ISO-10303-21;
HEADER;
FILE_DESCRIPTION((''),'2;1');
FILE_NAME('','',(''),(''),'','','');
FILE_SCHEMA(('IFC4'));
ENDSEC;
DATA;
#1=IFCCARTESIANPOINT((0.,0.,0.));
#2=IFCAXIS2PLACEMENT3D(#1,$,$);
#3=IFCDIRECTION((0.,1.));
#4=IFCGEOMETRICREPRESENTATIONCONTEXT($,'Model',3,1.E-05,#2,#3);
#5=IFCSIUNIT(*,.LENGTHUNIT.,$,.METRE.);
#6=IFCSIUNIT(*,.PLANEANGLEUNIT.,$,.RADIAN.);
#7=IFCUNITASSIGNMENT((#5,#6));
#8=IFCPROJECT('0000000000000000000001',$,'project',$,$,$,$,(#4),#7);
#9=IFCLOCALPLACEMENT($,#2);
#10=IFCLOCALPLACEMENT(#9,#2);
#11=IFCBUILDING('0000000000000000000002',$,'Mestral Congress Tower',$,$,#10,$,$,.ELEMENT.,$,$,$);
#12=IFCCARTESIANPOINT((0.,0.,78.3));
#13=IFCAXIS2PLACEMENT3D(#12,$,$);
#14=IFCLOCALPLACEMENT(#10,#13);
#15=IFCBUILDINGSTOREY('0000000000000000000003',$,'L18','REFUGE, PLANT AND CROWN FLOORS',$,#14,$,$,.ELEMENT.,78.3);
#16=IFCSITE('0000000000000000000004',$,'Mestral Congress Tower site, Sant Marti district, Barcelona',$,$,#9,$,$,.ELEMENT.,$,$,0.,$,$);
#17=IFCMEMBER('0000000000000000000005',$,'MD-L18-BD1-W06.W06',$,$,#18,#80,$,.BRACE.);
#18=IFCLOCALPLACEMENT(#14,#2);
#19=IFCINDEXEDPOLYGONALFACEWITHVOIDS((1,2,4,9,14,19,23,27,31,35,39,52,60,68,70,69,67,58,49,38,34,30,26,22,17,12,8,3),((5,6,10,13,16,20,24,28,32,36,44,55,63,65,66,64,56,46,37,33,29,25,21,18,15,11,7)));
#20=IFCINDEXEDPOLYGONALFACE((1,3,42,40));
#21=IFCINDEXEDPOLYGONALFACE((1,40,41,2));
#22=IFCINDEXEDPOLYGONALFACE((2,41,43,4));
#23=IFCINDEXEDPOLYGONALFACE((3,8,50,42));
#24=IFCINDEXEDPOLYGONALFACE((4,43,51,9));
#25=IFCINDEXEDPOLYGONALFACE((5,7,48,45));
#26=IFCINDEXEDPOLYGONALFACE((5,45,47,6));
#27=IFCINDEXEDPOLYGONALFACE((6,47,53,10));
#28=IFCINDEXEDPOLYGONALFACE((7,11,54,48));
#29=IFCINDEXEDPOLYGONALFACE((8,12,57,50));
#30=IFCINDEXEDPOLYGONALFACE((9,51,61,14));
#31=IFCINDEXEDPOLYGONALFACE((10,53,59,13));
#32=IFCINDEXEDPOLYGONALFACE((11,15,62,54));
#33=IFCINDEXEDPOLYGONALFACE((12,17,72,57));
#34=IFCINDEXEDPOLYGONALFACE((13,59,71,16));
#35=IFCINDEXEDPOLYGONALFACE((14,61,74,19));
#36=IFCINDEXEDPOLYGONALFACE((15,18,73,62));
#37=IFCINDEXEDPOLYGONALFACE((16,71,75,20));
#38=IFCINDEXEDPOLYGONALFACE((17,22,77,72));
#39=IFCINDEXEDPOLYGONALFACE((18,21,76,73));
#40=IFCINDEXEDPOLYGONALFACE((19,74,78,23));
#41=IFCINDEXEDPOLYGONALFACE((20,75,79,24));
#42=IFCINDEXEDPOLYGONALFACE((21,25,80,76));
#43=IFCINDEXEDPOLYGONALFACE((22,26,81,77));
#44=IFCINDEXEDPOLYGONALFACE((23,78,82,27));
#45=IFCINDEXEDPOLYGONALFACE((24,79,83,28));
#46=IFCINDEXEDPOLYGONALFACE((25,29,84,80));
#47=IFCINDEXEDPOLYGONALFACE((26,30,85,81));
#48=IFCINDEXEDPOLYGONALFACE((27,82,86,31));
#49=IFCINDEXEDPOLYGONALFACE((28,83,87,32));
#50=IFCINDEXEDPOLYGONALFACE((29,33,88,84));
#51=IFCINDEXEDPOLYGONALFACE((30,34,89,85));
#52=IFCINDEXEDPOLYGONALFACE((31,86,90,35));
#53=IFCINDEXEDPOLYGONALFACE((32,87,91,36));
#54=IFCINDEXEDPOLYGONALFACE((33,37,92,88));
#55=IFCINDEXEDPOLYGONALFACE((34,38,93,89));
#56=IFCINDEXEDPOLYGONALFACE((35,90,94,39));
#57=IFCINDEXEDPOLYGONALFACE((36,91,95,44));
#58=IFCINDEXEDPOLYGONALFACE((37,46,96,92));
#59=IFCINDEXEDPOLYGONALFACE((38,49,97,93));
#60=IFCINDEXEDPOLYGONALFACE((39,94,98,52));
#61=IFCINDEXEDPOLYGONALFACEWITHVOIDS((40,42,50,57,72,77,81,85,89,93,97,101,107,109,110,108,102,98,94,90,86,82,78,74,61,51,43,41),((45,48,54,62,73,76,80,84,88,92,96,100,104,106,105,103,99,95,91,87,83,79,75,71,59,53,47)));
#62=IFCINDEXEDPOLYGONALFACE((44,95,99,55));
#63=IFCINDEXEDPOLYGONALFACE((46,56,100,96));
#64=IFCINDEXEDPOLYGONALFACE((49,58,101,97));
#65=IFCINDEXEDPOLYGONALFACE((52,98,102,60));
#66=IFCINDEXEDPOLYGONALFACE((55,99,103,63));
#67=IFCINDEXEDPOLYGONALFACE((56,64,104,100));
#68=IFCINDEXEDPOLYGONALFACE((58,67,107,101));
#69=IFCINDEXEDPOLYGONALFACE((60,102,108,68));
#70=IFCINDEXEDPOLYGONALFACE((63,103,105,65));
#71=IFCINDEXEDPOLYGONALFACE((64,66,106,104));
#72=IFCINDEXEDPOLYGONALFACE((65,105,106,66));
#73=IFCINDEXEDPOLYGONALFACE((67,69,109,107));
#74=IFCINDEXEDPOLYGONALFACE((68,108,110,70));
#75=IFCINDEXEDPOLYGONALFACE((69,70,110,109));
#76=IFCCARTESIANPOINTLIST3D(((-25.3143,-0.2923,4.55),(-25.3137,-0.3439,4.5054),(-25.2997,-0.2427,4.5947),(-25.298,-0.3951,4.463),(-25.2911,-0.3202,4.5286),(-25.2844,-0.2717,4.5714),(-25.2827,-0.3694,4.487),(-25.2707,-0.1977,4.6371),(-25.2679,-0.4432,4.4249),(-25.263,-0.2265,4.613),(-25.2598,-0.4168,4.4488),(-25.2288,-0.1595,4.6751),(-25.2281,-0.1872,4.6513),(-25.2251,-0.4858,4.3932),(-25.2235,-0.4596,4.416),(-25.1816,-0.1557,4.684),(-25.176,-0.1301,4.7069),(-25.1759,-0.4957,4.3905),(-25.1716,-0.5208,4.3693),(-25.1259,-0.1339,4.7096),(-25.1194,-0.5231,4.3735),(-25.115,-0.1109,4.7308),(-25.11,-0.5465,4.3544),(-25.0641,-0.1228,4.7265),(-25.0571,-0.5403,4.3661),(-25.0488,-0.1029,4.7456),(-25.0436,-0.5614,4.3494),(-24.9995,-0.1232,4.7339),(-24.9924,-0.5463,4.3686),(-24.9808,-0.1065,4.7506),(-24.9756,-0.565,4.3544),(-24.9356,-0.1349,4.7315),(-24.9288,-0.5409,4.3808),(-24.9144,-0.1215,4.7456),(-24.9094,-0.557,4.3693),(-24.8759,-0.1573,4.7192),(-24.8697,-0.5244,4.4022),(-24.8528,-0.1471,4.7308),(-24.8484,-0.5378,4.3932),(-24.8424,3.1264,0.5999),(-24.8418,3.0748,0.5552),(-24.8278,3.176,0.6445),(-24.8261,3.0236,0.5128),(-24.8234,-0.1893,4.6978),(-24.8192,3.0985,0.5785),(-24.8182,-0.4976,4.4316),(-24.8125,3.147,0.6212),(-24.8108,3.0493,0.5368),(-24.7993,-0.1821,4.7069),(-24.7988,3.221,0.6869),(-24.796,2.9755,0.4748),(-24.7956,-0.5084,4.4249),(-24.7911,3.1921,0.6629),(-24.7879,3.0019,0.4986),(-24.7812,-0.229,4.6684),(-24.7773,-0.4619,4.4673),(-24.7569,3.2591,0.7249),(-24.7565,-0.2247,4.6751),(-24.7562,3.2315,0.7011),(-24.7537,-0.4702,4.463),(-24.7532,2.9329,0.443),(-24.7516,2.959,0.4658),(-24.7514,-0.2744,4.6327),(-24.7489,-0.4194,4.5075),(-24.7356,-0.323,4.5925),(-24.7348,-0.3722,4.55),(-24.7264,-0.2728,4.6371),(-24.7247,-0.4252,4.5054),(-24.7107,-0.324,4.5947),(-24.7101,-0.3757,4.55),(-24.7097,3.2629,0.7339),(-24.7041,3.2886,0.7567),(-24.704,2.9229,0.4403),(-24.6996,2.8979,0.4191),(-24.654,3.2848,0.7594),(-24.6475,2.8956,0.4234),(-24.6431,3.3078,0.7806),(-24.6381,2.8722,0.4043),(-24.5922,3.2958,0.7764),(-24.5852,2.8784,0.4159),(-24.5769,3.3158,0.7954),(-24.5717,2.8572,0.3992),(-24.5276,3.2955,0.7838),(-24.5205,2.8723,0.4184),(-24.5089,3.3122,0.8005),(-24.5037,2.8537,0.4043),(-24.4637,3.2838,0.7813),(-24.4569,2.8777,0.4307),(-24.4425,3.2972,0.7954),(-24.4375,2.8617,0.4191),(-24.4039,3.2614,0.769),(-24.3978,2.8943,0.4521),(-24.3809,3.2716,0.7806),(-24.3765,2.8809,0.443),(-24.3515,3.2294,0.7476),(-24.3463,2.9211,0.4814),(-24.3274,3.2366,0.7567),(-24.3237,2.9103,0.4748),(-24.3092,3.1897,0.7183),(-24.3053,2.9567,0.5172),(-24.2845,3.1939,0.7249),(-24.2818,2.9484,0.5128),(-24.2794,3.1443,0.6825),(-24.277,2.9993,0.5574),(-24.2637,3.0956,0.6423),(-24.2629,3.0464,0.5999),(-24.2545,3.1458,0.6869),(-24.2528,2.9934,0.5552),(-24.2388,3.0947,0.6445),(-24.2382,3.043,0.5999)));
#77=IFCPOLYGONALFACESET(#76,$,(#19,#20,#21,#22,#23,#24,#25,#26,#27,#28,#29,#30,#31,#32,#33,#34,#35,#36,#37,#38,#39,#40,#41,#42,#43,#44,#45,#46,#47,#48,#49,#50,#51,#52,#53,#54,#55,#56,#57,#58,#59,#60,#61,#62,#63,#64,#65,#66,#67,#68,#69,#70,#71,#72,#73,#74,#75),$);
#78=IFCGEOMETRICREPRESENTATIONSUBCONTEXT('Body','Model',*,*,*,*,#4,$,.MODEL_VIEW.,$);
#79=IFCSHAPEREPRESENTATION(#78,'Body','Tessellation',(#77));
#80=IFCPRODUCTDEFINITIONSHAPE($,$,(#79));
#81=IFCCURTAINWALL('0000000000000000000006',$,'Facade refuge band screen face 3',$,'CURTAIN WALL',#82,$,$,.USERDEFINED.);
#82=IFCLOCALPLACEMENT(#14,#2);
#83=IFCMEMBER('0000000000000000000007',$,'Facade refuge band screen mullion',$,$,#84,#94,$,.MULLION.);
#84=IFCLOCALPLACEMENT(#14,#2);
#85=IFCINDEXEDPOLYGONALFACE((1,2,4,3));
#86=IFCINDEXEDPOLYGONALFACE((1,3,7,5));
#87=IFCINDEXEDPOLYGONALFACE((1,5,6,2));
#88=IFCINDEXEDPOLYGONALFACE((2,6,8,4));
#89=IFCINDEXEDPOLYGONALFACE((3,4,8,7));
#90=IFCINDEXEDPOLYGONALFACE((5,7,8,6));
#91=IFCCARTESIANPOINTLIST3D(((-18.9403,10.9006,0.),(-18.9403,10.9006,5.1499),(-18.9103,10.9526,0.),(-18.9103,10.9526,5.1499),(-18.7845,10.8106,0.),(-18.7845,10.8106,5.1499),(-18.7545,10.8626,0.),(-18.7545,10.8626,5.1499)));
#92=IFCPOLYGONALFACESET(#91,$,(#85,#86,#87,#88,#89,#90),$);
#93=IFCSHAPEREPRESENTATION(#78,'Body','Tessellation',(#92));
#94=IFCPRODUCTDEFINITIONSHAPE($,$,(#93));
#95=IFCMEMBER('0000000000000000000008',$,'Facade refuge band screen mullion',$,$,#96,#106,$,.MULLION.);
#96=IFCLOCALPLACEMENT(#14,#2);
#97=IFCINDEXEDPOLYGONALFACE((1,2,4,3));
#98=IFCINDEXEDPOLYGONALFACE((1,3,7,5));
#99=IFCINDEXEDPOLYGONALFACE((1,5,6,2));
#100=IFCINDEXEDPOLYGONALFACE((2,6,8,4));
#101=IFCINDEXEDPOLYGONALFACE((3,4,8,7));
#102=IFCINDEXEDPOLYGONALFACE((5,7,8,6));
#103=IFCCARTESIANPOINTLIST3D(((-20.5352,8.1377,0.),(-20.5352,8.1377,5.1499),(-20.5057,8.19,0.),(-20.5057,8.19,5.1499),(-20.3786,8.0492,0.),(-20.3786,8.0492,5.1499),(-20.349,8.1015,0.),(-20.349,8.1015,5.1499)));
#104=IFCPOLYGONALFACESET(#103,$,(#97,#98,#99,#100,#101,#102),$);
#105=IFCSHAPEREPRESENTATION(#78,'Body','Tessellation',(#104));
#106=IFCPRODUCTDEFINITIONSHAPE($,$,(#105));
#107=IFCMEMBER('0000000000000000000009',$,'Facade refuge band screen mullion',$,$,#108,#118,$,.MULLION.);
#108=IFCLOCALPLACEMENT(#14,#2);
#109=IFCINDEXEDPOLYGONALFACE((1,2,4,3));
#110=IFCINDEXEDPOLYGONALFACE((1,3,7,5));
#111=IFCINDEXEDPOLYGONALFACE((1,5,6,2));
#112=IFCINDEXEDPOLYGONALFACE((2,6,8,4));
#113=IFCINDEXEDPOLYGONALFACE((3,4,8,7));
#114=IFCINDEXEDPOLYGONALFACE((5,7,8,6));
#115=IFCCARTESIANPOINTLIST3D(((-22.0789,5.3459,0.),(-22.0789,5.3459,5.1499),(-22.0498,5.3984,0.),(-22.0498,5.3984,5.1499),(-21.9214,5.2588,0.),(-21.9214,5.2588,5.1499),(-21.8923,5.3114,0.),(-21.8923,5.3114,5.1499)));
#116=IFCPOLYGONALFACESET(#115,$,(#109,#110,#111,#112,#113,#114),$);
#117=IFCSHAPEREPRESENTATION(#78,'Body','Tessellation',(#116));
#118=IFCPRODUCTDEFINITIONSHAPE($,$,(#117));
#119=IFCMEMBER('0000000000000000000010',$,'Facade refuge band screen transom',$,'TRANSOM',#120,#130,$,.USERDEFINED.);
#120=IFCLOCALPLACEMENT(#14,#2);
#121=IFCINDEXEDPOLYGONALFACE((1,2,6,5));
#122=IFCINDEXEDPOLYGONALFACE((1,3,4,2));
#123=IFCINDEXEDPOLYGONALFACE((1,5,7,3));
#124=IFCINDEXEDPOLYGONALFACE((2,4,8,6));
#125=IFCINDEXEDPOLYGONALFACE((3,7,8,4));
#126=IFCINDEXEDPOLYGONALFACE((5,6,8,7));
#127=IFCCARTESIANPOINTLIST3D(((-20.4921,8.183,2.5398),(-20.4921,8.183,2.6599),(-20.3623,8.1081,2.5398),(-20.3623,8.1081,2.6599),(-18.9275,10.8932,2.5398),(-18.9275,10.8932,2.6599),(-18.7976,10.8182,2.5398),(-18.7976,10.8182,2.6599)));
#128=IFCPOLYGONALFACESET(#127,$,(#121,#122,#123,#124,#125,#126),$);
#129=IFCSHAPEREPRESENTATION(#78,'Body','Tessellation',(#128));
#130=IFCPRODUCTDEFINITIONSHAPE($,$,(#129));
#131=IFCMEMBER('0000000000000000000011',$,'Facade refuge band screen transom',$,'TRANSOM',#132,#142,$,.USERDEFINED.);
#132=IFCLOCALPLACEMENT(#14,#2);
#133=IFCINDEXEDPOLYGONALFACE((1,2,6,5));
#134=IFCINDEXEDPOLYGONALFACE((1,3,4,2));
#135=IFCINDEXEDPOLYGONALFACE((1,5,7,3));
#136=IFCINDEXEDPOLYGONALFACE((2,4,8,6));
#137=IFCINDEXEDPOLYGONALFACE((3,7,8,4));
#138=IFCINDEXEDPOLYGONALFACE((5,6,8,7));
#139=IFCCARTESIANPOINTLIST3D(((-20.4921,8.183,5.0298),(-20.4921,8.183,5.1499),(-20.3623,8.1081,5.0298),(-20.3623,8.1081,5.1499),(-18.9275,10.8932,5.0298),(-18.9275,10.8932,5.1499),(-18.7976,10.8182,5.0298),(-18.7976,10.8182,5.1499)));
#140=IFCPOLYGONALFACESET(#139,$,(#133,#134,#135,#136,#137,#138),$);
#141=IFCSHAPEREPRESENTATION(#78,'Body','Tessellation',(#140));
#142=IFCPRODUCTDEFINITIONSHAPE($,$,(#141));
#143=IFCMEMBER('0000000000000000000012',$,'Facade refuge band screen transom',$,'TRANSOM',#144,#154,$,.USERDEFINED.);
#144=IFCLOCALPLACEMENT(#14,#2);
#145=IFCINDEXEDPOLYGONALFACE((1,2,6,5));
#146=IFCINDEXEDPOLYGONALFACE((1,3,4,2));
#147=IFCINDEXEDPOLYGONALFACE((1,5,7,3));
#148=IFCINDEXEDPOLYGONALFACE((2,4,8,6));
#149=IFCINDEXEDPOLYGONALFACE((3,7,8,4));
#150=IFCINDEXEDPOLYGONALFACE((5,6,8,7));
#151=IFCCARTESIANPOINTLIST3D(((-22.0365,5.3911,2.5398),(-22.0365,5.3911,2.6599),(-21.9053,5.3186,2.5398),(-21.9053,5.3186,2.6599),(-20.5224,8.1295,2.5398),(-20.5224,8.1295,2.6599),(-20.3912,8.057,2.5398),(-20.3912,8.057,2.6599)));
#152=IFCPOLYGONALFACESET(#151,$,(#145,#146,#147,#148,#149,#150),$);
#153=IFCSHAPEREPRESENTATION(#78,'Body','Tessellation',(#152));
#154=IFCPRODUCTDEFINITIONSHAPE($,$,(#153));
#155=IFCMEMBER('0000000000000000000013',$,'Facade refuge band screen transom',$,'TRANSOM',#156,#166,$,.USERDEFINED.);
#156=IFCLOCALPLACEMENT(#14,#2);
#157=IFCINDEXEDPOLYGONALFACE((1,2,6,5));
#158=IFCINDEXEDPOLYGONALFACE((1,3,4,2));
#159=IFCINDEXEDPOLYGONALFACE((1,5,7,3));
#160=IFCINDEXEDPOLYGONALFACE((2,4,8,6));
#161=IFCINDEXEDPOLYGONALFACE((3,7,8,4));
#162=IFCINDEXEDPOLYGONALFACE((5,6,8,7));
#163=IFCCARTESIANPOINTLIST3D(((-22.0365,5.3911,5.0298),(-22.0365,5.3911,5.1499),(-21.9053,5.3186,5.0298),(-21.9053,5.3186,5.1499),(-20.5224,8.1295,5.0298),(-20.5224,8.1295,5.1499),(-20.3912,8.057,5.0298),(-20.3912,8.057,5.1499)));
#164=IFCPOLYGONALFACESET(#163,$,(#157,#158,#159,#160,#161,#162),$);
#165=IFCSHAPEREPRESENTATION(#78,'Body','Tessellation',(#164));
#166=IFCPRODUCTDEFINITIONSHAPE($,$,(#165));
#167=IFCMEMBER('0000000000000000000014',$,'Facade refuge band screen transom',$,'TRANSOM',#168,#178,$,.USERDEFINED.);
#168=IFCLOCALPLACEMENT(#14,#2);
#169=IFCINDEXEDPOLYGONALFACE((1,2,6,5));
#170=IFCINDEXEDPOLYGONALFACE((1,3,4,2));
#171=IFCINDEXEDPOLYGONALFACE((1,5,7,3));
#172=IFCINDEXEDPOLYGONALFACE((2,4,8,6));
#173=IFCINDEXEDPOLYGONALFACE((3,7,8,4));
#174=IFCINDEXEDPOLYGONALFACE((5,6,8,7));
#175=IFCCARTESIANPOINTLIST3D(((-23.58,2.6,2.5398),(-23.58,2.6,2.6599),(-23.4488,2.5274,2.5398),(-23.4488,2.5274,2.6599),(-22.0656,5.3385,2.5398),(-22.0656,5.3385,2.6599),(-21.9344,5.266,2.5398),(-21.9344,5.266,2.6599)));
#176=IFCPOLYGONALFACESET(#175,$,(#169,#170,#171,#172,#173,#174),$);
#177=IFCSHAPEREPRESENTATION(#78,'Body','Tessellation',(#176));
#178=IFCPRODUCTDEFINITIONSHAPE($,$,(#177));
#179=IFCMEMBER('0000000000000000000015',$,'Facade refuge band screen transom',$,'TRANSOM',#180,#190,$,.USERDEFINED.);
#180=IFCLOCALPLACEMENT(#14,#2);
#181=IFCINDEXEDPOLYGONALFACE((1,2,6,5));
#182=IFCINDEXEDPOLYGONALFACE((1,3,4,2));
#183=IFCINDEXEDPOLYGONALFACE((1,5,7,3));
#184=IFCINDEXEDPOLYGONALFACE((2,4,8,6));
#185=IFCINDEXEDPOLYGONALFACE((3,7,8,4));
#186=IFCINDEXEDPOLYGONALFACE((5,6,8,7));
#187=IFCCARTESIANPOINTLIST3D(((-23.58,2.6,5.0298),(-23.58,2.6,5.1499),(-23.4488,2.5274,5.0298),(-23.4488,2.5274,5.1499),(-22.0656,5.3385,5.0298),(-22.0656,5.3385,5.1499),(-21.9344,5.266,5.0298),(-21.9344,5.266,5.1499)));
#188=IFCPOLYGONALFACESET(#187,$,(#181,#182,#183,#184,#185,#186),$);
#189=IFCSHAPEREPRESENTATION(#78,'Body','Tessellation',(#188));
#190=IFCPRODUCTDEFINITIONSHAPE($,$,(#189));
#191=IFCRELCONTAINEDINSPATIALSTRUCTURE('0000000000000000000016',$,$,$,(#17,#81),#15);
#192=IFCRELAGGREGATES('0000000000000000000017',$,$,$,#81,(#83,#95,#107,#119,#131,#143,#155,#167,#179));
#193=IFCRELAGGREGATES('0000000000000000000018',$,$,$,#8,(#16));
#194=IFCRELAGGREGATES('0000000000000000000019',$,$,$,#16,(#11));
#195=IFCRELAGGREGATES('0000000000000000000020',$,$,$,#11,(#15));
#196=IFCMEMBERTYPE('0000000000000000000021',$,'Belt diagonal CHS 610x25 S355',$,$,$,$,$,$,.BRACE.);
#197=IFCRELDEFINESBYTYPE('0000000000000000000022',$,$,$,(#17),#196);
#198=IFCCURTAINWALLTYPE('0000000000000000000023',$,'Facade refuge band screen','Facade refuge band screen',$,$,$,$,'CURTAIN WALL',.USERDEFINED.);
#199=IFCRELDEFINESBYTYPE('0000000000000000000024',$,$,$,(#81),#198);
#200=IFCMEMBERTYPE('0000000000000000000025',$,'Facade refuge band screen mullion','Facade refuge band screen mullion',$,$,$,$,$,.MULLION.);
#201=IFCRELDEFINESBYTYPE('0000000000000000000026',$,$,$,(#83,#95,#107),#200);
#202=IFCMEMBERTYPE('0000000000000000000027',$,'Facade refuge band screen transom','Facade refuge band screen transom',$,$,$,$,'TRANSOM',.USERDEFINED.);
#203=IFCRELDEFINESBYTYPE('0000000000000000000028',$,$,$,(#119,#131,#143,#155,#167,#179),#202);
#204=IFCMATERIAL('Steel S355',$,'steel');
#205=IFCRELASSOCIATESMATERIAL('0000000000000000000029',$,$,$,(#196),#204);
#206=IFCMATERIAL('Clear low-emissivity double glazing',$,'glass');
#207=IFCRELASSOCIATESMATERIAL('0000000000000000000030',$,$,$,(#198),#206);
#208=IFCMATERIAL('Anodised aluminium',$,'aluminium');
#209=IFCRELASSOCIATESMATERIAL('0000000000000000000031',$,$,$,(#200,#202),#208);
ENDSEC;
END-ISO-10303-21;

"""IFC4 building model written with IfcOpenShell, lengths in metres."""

from ifc_helpers import new_model, si_unit, direction, frame, origin, origin_2d, place, context, subcontext, project, spatial, rectangle, hollow_circle, extrude, material, material_profile, profile_set, type_object, element, aggregate, save


model = new_model("IFC4")

# Units and contexts
model_context = context("Model", 3, precision=1e-05, world=origin(), true_north=direction((0.0, 1.0)))
body_context = subcontext(model_context, "Body", "Model", "MODEL_VIEW")
ifc_project = project(units=[si_unit("LENGTHUNIT", "METRE"), si_unit("PLANEANGLEUNIT", "RADIAN")], contexts=[model_context])

# Site, building, storey
site_placement = place(None, origin())
site = spatial("IfcSite", under=ifc_project, at=site_placement, Name="Mestral Congress Tower site, Sant Marti district, Barcelona", CompositionType="ELEMENT", RefElevation=0.0)
building_placement = place(site_placement, origin())
building = spatial("IfcBuilding", under=site, at=building_placement, Name="Mestral Congress Tower", CompositionType="ELEMENT")
storey_placement = place(building_placement, frame((0.0, 0.0, 78.3)))
storey = spatial("IfcBuildingStorey", under=building, at=storey_placement, Name="L18", Description="REFUGE, PLANT AND CROWN FLOORS", CompositionType="ELEMENT", Elevation=78.3)

# Member
ifc_material_1 = material(Name="Steel S355", Category="steel")
ifc_material_profile_1 = material_profile(ifc_material_1, hollow_circle(Radius=0.3049, WallThickness=0.0249, at=origin_2d()), Name="CHS 610x25")
ifc_profile_set_1 = profile_set([ifc_material_profile_1], Name="Steel S355")
member_type_1 = type_object("IfcMemberType", Name="Belt diagonal CHS 610x25 S355", PredefinedType="BRACE", material=ifc_profile_set_1)
member_1_placement = place(storey_placement, frame((-24.5403, 3.0847, 0.5999), z_axis=(-0.089969, -0.651752, 0.753077), x_axis=(0.990606, -0.136745, 0.0)))
element("IfcMember", 1, at=member_1_placement, inside=storey, type_object=member_type_1, Name="MD-L18-BD1-W06.W06", PredefinedType="BRACE", context=body_context, shape_type="SweptSolid", body=[
    extrude(hollow_circle(Radius=0.3049, WallThickness=0.0249, at=origin_2d()), origin(), (0.0, 0.0, 1.0), 5.2454),
])

# Curtain wall, members
ifc_material_2 = material(Name="Clear low-emissivity double glazing", Category="glass")
curtain_wall_type = type_object("IfcCurtainWallType", Name="Facade refuge band screen", Description="Facade refuge band screen", ElementType="CURTAIN WALL", PredefinedType="USERDEFINED", material=ifc_material_2)
curtain_wall_placement = place(storey_placement, origin())
curtain_wall = element("IfcCurtainWall", 2, at=curtain_wall_placement, inside=storey, type_object=curtain_wall_type, Name="Facade refuge band screen face 3", ObjectType="CURTAIN WALL", PredefinedType="USERDEFINED")
ifc_material_3 = material(Name="Anodised aluminium", Category="aluminium")
ifc_material_profile_2 = material_profile(ifc_material_3, rectangle(XDim=0.1799, YDim=0.0601, at=origin_2d()), Name="CW3 mullion 180 x 60")
ifc_profile_set_2 = profile_set([ifc_material_profile_2], Name="Anodised aluminium")
member_type_2 = type_object("IfcMemberType", Name="Facade refuge band screen mullion", Description="Facade refuge band screen mullion", PredefinedType="MULLION", material=ifc_profile_set_2)
member_2_placement = place(storey_placement, frame((-18.8474, 10.8816, 0.0), z_axis=(0.0, 0.0, 1.0), x_axis=(-0.866025, 0.5, 0.0)))
member_2 = element("IfcMember", 3, at=member_2_placement, type_object=member_type_2, Name="Facade refuge band screen mullion", PredefinedType="MULLION", context=body_context, shape_type="SweptSolid", body=[
    extrude(rectangle(XDim=0.1799, YDim=0.0601, at=origin_2d()), origin(), (0.0, 0.0, 1.0), 5.1499),
])
member_3_placement = place(storey_placement, frame((-20.4421, 8.1196, 0.0), z_axis=(0.0, 0.0, 1.0), x_axis=(-0.87061, 0.491974, 0.0)))
member_3 = element("IfcMember", 4, at=member_3_placement, type_object=member_type_2, Name="Facade refuge band screen mullion", PredefinedType="MULLION", context=body_context, shape_type="SweptSolid", body=[
    extrude(rectangle(XDim=0.1799, YDim=0.0601, at=origin_2d()), origin(), (0.0, 0.0, 1.0), 5.1499),
])
member_4_placement = place(storey_placement, frame((-21.9856, 5.3286, 0.0), z_axis=(0.0, 0.0, 1.0), x_axis=(-0.87512, 0.483906, 0.0)))
member_4 = element("IfcMember", 5, at=member_4_placement, type_object=member_type_2, Name="Facade refuge band screen mullion", PredefinedType="MULLION", context=body_context, shape_type="SweptSolid", body=[
    extrude(rectangle(XDim=0.1799, YDim=0.0601, at=origin_2d()), origin(), (0.0, 0.0, 1.0), 5.1499),
])
ifc_material_profile_3 = material_profile(ifc_material_3, rectangle(XDim=0.1499, YDim=0.1201, at=origin_2d()), Name="CW3 transom 150 x 120")
ifc_profile_set_3 = profile_set([ifc_material_profile_3], Name="Anodised aluminium")
member_type_3 = type_object("IfcMemberType", Name="Facade refuge band screen transom", Description="Facade refuge band screen transom", ElementType="TRANSOM", PredefinedType="USERDEFINED", material=ifc_profile_set_3)
member_5_placement = place(storey_placement, frame((-18.8625, 10.8557, 2.5999), z_axis=(-0.49999, -0.866031, 0.0), x_axis=(0.866031, -0.49999, 0.0)))
member_5 = element("IfcMember", 6, at=member_5_placement, type_object=member_type_3, Name="Facade refuge band screen transom", ObjectType="TRANSOM", PredefinedType="USERDEFINED", context=body_context, shape_type="SweptSolid", body=[
    extrude(rectangle(XDim=0.1499, YDim=0.1201, at=origin_2d()), origin(), (0.0, 0.0, 1.0), 3.1294),
])
member_6_placement = place(storey_placement, frame((-18.8625, 10.8557, 5.0898), z_axis=(-0.49999, -0.866031, 0.0), x_axis=(0.866031, -0.49999, 0.0)))
member_6 = element("IfcMember", 7, at=member_6_placement, type_object=member_type_3, Name="Facade refuge band screen transom", ObjectType="TRANSOM", PredefinedType="USERDEFINED", context=body_context, shape_type="SweptSolid", body=[
    extrude(rectangle(XDim=0.1499, YDim=0.1201, at=origin_2d()), origin(), (0.0, 0.0, 1.0), 3.1294),
])
member_7_placement = place(storey_placement, frame((-20.4568, 8.0933, 2.5999), z_axis=(-0.483873, -0.875138, 0.0), x_axis=(0.875138, -0.483873, 0.0)))
member_7 = element("IfcMember", 8, at=member_7_placement, type_object=member_type_3, Name="Facade refuge band screen transom", ObjectType="TRANSOM", PredefinedType="USERDEFINED", context=body_context, shape_type="SweptSolid", body=[
    extrude(rectangle(XDim=0.1499, YDim=0.1201, at=origin_2d()), origin(), (0.0, 0.0, 1.0), 3.1292),
])
member_8_placement = place(storey_placement, frame((-20.4568, 8.0933, 5.0898), z_axis=(-0.483873, -0.875138, 0.0), x_axis=(0.875138, -0.483873, 0.0)))
member_8 = element("IfcMember", 9, at=member_8_placement, type_object=member_type_3, Name="Facade refuge band screen transom", ObjectType="TRANSOM", PredefinedType="USERDEFINED", context=body_context, shape_type="SweptSolid", body=[
    extrude(rectangle(XDim=0.1499, YDim=0.1201, at=origin_2d()), origin(), (0.0, 0.0, 1.0), 3.1292),
])
member_9_placement = place(storey_placement, frame((-22.0, 5.3022, 2.5999), z_axis=(-0.483933, -0.875105, 0.0), x_axis=(0.875105, -0.483933, 0.0)))
member_9 = element("IfcMember", 10, at=member_9_placement, type_object=member_type_3, Name="Facade refuge band screen transom", ObjectType="TRANSOM", PredefinedType="USERDEFINED", context=body_context, shape_type="SweptSolid", body=[
    extrude(rectangle(XDim=0.1499, YDim=0.1201, at=origin_2d()), origin(), (0.0, 0.0, 1.0), 3.1294),
])
member_10_placement = place(storey_placement, frame((-22.0, 5.3022, 5.0898), z_axis=(-0.483933, -0.875105, 0.0), x_axis=(0.875105, -0.483933, 0.0)))
member_10 = element("IfcMember", 11, at=member_10_placement, type_object=member_type_3, Name="Facade refuge band screen transom", ObjectType="TRANSOM", PredefinedType="USERDEFINED", context=body_context, shape_type="SweptSolid", body=[
    extrude(rectangle(XDim=0.1499, YDim=0.1201, at=origin_2d()), origin(), (0.0, 0.0, 1.0), 3.1294),
])

aggregate(curtain_wall, [member_2, member_3, member_4, member_5, member_6, member_7, member_8, member_9, member_10])

save(model, "model.ifc")
